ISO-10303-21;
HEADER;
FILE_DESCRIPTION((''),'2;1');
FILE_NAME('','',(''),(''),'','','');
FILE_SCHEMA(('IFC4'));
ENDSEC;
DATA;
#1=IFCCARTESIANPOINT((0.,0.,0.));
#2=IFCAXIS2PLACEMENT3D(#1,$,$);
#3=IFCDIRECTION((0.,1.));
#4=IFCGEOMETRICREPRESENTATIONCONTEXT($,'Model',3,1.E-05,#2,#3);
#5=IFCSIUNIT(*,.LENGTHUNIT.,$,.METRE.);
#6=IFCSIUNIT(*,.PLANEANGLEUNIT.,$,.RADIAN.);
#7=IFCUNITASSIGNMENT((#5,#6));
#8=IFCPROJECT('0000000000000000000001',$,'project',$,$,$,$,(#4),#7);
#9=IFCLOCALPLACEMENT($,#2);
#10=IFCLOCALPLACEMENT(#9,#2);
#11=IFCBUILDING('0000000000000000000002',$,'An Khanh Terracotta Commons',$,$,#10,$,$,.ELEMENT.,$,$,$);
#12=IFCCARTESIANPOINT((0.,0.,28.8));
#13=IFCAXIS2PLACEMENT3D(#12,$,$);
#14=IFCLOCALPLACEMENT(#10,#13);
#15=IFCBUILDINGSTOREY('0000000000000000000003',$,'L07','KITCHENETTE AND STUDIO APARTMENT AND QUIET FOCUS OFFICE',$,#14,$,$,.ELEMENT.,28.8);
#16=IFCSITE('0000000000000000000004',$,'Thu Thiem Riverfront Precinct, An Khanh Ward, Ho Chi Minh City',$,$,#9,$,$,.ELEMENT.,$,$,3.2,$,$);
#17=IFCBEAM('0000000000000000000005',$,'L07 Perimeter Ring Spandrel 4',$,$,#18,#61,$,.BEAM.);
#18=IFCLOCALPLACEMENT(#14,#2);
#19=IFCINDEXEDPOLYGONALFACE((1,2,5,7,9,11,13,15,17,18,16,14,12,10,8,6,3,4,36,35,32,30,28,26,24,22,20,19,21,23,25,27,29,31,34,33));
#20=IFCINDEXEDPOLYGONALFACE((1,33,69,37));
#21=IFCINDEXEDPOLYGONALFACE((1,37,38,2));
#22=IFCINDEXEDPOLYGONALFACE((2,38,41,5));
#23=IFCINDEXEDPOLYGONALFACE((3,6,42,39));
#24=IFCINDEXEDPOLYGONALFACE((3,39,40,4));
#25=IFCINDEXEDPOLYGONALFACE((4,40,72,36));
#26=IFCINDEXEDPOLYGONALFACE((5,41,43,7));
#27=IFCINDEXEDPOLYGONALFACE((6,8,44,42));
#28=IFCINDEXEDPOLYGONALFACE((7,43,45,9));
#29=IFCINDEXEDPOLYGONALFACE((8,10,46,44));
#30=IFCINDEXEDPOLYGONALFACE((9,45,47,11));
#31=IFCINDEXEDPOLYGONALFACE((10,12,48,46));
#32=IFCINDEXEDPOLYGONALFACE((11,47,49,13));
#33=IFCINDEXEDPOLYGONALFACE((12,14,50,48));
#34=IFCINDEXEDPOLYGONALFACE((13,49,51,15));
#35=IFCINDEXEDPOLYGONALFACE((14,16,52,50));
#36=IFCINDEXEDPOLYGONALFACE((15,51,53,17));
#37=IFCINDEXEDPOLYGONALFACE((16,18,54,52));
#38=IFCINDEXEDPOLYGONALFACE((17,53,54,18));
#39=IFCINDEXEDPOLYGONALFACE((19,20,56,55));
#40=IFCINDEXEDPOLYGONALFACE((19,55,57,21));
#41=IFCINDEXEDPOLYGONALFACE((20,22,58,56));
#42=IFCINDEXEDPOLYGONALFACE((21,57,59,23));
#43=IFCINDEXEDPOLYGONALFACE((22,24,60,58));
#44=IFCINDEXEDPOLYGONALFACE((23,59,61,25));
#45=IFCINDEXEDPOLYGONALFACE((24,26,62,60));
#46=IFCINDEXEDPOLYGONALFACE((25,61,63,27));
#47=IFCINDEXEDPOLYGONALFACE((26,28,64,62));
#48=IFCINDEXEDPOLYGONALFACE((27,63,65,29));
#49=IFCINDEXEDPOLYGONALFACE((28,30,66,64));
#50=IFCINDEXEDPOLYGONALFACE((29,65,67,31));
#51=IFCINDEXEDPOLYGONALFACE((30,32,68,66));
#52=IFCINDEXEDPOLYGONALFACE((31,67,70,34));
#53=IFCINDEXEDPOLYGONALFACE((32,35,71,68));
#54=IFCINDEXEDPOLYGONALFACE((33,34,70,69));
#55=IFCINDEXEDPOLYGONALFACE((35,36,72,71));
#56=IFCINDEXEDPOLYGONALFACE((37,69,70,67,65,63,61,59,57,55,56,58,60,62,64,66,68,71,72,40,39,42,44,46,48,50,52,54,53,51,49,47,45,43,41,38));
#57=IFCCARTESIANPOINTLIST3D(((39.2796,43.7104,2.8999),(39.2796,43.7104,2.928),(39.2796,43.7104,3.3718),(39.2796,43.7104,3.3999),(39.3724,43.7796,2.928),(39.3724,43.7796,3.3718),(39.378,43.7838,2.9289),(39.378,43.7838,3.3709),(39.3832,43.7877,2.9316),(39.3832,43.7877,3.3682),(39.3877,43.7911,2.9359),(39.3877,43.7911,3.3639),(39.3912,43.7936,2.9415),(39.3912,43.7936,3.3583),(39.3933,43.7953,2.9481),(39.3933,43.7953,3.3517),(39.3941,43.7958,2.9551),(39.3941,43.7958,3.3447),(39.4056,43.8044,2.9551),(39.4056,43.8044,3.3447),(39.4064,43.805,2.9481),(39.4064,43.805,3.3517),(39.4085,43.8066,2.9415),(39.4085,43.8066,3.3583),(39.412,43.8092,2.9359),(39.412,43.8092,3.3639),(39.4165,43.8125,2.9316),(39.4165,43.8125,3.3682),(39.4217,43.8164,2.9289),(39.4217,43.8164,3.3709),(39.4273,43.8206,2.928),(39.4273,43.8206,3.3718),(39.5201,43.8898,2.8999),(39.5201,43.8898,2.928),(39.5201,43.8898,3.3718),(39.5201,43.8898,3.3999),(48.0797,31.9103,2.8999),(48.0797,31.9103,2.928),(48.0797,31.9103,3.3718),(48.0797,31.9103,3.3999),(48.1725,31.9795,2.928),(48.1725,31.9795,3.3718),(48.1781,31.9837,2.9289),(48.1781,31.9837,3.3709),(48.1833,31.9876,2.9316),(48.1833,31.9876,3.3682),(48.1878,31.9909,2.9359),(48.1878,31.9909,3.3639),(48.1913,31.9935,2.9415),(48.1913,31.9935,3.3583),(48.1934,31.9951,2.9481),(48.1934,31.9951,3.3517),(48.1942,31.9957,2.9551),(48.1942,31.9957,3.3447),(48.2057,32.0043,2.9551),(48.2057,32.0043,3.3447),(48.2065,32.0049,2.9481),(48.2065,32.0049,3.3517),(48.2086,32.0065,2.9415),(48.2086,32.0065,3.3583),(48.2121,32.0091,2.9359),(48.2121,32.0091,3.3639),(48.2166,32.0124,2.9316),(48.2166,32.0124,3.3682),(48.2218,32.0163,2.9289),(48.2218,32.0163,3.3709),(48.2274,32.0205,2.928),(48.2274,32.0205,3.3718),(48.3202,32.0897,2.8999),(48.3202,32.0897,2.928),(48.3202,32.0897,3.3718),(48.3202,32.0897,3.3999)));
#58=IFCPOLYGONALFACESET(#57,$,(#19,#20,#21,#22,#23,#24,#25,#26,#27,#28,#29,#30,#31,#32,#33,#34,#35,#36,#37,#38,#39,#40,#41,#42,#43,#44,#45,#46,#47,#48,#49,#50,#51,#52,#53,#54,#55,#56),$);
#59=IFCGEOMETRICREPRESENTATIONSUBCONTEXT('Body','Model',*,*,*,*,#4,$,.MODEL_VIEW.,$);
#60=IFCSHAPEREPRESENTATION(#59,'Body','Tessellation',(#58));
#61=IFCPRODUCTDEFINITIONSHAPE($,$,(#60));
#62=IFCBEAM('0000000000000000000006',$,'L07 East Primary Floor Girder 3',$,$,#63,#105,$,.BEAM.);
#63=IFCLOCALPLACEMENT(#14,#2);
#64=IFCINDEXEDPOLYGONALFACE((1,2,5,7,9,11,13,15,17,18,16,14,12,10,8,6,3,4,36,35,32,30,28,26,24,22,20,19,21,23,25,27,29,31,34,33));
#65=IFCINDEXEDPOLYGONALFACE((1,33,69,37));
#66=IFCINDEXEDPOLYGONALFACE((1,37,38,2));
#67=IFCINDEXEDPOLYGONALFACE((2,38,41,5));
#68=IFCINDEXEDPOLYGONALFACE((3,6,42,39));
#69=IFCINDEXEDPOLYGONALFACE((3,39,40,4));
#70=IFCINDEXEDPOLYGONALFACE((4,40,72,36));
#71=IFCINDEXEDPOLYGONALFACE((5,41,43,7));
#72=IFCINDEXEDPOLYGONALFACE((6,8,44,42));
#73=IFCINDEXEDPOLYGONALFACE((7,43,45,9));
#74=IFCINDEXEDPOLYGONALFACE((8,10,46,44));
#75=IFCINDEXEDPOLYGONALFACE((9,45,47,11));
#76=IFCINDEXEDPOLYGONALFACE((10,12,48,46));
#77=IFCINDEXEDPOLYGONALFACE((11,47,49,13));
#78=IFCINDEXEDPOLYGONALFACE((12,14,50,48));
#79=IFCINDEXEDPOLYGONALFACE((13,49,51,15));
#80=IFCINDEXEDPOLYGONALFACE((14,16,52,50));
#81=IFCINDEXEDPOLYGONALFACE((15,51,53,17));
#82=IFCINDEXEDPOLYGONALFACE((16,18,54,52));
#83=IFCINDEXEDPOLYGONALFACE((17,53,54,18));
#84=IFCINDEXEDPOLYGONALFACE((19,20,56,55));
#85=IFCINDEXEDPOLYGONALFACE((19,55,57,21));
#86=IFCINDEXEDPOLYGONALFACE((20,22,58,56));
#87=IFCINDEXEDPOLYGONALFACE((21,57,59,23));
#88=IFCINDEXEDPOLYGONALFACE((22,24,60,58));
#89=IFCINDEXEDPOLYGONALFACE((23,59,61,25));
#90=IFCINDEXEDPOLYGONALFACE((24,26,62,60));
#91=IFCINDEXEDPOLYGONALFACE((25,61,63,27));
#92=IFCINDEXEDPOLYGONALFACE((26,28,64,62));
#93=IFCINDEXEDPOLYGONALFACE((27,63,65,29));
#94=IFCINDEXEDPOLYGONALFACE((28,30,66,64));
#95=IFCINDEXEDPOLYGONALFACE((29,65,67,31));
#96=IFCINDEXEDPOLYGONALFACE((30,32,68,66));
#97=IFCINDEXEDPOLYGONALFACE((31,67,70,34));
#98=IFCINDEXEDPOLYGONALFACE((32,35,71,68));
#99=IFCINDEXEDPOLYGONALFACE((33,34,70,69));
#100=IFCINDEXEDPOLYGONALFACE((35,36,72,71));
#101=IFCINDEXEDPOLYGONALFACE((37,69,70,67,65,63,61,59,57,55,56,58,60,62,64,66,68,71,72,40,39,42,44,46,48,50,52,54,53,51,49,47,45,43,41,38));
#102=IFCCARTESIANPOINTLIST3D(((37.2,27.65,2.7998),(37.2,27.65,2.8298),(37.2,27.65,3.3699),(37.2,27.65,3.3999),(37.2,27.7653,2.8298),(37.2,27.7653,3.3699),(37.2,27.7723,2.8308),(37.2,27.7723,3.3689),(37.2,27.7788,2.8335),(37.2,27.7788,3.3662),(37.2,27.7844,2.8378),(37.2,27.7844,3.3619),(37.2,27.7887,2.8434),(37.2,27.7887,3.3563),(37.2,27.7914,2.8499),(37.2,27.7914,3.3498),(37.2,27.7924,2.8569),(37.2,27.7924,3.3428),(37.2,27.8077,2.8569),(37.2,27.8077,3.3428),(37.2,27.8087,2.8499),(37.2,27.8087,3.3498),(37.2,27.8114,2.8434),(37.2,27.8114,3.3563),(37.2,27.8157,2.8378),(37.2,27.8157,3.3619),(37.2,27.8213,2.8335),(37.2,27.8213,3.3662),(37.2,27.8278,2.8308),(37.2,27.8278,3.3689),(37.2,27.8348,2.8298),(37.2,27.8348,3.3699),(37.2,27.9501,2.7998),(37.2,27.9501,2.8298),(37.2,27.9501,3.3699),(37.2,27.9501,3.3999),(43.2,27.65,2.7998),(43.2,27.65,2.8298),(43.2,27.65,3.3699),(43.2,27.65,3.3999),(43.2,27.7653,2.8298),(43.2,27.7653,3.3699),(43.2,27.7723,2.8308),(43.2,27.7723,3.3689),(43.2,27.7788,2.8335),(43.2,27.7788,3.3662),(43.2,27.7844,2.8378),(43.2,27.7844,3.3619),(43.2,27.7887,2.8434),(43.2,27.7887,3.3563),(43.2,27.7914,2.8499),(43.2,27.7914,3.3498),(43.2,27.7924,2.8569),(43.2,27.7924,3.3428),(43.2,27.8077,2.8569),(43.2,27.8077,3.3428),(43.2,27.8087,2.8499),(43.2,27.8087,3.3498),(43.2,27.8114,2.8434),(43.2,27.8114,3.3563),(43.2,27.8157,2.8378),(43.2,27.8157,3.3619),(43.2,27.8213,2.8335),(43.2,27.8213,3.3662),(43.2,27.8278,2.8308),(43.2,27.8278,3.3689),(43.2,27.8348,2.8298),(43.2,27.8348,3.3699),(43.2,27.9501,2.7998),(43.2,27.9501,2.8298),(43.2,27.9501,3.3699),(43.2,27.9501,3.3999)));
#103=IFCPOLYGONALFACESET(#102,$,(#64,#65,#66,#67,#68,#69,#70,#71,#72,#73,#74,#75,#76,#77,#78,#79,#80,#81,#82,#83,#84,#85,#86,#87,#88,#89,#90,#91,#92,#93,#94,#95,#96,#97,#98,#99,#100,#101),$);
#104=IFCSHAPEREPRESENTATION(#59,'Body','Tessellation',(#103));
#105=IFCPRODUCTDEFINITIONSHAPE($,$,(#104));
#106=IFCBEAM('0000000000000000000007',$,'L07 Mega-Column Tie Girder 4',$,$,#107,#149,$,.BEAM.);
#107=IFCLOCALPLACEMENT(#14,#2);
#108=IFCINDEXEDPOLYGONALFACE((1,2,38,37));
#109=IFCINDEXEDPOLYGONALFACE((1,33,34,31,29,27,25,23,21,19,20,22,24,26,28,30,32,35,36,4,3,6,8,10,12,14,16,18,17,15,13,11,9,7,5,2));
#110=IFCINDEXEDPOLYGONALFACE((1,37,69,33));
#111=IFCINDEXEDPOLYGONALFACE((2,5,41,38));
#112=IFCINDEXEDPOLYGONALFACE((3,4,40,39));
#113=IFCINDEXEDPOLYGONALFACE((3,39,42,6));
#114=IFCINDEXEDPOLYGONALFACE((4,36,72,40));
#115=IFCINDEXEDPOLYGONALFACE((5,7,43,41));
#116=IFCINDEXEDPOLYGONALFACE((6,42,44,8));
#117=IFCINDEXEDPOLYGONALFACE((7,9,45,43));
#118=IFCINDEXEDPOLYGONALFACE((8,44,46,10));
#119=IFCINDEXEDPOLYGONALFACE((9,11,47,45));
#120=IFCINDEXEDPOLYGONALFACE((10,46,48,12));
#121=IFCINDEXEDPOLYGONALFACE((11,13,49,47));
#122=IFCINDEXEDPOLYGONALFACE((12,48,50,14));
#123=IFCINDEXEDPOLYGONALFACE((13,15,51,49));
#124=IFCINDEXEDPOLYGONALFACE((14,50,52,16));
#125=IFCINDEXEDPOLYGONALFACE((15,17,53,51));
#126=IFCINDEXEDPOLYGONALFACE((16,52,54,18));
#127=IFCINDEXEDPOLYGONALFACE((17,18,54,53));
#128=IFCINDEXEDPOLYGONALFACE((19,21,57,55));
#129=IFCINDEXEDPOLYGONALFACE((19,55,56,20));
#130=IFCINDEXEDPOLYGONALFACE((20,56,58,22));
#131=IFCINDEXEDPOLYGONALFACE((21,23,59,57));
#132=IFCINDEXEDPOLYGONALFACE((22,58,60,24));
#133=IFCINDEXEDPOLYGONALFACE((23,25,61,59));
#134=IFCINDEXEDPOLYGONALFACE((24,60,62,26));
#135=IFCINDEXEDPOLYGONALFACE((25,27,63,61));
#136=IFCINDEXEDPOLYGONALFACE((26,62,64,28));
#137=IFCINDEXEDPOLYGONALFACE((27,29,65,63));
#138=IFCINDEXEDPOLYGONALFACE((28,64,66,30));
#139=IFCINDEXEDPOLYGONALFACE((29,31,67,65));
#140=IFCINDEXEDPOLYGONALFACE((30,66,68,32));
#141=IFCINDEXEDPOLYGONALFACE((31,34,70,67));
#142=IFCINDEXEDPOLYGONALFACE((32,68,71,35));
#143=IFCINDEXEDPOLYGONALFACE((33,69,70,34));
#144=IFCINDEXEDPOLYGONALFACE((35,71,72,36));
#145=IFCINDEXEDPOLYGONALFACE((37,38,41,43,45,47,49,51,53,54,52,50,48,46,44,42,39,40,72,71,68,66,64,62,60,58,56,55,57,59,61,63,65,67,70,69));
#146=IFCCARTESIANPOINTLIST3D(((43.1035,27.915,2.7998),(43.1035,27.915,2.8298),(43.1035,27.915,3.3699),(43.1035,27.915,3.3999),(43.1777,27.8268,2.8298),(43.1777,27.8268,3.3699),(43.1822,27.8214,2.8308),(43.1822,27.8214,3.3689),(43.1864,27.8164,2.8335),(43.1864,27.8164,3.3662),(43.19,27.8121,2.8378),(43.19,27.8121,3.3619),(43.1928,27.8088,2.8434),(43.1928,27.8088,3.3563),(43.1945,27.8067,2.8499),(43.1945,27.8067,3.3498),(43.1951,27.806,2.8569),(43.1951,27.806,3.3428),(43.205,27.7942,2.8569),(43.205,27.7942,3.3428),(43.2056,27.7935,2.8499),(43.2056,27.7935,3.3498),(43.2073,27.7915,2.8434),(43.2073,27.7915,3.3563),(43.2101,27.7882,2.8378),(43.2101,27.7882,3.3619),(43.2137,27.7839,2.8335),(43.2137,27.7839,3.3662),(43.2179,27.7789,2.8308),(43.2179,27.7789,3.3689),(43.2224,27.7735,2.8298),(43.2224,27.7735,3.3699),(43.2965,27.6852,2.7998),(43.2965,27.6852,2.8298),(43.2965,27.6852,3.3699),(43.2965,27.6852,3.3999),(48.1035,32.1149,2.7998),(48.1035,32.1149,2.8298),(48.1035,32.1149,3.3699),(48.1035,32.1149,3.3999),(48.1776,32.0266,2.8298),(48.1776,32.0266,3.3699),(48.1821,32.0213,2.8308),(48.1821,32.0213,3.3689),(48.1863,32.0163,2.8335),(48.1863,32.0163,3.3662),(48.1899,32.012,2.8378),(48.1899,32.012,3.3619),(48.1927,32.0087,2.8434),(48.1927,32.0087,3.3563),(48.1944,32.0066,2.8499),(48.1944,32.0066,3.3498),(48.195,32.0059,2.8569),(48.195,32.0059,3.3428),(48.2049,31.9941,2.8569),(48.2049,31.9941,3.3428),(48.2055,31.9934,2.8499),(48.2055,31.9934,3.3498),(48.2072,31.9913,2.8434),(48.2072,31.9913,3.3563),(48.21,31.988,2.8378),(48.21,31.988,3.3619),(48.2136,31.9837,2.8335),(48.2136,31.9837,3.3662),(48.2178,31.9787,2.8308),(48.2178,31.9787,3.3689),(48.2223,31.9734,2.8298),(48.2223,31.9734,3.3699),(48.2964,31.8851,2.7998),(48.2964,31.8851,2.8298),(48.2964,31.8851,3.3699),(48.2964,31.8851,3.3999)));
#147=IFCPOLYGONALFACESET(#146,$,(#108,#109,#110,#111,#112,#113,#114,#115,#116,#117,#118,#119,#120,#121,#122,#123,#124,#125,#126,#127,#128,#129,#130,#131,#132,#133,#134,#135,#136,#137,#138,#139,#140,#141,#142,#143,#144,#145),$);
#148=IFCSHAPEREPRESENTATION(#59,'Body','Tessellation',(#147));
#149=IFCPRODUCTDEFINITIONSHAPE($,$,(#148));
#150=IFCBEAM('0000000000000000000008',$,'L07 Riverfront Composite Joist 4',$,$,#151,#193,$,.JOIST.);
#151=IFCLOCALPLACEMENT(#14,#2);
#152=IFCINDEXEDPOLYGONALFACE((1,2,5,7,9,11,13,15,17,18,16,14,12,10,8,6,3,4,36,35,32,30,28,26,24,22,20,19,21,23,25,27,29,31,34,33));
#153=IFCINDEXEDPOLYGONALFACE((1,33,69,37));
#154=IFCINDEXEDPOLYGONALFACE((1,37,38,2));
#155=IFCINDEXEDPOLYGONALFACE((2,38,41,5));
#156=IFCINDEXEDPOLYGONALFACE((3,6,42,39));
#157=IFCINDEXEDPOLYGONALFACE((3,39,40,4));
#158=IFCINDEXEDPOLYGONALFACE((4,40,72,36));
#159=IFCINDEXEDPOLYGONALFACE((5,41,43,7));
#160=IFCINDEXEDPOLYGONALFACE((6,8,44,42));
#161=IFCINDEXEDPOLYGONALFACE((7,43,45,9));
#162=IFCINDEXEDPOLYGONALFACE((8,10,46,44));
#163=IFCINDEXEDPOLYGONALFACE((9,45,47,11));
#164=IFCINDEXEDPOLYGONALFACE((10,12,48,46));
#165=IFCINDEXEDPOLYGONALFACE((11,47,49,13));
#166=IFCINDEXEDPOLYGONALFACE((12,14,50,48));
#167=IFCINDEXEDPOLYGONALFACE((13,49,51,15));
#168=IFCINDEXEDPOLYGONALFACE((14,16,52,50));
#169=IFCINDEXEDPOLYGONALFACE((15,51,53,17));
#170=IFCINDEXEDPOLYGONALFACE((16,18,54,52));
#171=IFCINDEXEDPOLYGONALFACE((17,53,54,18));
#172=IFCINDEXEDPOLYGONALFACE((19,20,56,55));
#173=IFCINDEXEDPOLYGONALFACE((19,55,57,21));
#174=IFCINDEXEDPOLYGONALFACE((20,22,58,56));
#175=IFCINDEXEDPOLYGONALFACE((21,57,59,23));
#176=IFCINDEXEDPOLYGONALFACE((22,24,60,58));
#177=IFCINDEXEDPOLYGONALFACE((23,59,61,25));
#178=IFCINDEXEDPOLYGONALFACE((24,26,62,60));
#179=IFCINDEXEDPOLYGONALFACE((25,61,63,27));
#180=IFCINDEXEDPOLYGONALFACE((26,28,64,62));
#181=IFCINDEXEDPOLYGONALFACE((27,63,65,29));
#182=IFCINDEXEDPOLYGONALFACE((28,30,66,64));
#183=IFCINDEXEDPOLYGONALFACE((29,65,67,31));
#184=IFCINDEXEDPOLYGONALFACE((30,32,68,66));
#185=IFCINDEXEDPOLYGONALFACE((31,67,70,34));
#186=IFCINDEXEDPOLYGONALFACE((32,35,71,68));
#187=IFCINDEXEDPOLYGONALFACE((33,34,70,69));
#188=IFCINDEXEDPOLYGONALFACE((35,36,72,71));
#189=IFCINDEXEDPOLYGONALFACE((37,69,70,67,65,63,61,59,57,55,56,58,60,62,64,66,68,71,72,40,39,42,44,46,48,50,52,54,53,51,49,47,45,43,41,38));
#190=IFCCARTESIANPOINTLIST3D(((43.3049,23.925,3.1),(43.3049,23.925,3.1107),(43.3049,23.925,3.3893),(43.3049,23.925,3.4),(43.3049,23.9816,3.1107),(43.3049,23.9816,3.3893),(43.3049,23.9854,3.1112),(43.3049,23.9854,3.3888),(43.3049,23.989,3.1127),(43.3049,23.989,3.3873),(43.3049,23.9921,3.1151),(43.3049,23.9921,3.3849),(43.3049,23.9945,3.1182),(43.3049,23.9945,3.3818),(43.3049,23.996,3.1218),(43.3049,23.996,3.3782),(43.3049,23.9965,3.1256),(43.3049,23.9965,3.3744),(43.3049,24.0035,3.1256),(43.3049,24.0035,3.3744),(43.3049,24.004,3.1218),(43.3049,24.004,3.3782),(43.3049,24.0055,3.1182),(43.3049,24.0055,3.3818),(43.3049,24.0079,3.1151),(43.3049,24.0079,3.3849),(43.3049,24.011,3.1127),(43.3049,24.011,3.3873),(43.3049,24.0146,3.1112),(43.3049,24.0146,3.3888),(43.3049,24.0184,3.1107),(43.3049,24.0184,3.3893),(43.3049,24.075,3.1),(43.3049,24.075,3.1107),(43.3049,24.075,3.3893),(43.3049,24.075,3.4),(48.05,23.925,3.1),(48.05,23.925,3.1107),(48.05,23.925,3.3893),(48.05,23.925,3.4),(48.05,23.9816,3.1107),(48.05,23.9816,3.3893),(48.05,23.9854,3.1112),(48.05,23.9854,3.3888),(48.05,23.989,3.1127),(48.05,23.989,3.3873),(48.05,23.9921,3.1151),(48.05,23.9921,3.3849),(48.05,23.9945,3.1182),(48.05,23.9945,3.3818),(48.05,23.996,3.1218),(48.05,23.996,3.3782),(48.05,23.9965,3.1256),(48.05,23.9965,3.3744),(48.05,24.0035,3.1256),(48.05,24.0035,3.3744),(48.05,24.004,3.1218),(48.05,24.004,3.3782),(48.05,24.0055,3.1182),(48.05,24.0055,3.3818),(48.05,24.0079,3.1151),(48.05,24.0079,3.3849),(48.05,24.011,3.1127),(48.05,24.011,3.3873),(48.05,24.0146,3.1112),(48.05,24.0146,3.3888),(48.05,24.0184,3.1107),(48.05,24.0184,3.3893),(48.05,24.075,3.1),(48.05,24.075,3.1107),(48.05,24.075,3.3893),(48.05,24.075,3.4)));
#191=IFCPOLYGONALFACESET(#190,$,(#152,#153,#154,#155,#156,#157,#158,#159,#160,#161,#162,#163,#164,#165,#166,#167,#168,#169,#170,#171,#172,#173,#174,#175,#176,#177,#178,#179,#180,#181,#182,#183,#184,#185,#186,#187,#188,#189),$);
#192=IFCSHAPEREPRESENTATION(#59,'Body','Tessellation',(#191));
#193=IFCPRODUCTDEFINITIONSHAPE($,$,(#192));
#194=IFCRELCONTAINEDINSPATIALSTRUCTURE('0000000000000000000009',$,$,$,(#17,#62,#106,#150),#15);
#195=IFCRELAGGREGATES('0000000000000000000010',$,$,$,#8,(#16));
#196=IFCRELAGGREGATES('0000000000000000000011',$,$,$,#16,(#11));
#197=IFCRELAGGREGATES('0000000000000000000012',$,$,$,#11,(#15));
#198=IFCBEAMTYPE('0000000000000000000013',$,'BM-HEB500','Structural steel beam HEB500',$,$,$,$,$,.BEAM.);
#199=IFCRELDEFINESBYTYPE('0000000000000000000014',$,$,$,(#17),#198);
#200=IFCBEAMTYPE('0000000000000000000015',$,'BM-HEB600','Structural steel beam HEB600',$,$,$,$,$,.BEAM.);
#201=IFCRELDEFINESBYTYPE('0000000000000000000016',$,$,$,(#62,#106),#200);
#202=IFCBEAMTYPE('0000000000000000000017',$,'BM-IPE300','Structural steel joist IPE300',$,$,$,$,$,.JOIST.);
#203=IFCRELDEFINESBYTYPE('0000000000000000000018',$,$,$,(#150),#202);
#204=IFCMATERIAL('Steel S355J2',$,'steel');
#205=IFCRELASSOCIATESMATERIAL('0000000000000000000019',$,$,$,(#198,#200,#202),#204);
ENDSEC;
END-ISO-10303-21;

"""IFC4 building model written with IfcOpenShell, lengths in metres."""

from ifc_helpers import new_model, si_unit, direction, frame, origin, origin_2d, place, context, subcontext, project, spatial, i_section, extrude, material, material_profile, profile_set, type_object, element, save


model = new_model("IFC4")

# Units and contexts
model_context = context("Model", 3, precision=1e-05, world=origin(), true_north=direction((0.0, 1.0)))
body_context = subcontext(model_context, "Body", "Model", "MODEL_VIEW")
ifc_project = project(units=[si_unit("LENGTHUNIT", "METRE"), si_unit("PLANEANGLEUNIT", "RADIAN")], contexts=[model_context])

# Site, building, storey
site_placement = place(None, origin())
site = spatial("IfcSite", under=ifc_project, at=site_placement, Name="Thu Thiem Riverfront Precinct, An Khanh Ward, Ho Chi Minh City", CompositionType="ELEMENT", RefElevation=3.2)
building_placement = place(site_placement, origin())
building = spatial("IfcBuilding", under=site, at=building_placement, Name="An Khanh Terracotta Commons", CompositionType="ELEMENT")
storey_placement = place(building_placement, frame((0.0, 0.0, 28.8)))
storey = spatial("IfcBuildingStorey", under=building, at=storey_placement, Name="L07", Description="KITCHENETTE AND STUDIO APARTMENT AND QUIET FOCUS OFFICE", CompositionType="ELEMENT", Elevation=28.8)

# Beams
ifc_material_1 = material(Name="Steel S355J2", Category="steel")
ifc_material_profile_1 = material_profile(ifc_material_1, i_section(OverallWidth=0.3, OverallDepth=0.5, WebThickness=0.0144, FlangeThickness=0.0281, FilletRadius=0.0271, at=origin_2d()), Name="HEB500")
ifc_profile_set_1 = profile_set([ifc_material_profile_1], Name="Steel S355J2")
beam_type_1 = type_object("IfcBeamType", Name="BM-HEB500", Description="Structural steel beam HEB500", PredefinedType="BEAM", material=ifc_profile_set_1)
beam_1_placement = place(storey_placement, frame((48.2, 32.0, 3.1499), z_axis=(-0.597824, 0.801627, 0.0), x_axis=(-0.801627, -0.597824, 0.0)))
element("IfcBeam", 1, at=beam_1_placement, inside=storey, type_object=beam_type_1, Name="L07 Perimeter Ring Spandrel 4", PredefinedType="BEAM", context=body_context, shape_type="SweptSolid", body=[
    extrude(i_section(OverallWidth=0.3, OverallDepth=0.5, WebThickness=0.0144, FlangeThickness=0.0281, FilletRadius=0.0271, at=origin_2d()), origin(), (0.0, 0.0, 1.0), 14.7202),
])
ifc_material_profile_2 = material_profile(ifc_material_1, i_section(OverallWidth=0.3, OverallDepth=0.6001, WebThickness=0.0154, FlangeThickness=0.03, FilletRadius=0.0271, at=origin_2d()), Name="HEB600")
ifc_profile_set_2 = profile_set([ifc_material_profile_2], Name="Steel S355J2")
beam_type_2 = type_object("IfcBeamType", Name="BM-HEB600", Description="Structural steel beam HEB600", PredefinedType="BEAM", material=ifc_profile_set_2)
beam_2_placement = place(storey_placement, frame((37.2, 27.8, 3.0999), z_axis=(1.0, 0.0, 0.0), x_axis=(0.0, 1.0, 0.0)))
element("IfcBeam", 2, at=beam_2_placement, inside=storey, type_object=beam_type_2, Name="L07 East Primary Floor Girder 3", PredefinedType="BEAM", context=body_context, shape_type="SweptSolid", body=[
    extrude(i_section(OverallWidth=0.3, OverallDepth=0.6001, WebThickness=0.0154, FlangeThickness=0.03, FilletRadius=0.0271, at=origin_2d()), origin(), (0.0, 0.0, 1.0), 6.0),
])
beam_3_placement = place(storey_placement, frame((48.2, 32.0, 3.0999), z_axis=(-0.765709, -0.643188, 0.0), x_axis=(0.643188, -0.765709, 0.0)))
element("IfcBeam", 3, at=beam_3_placement, inside=storey, type_object=beam_type_2, Name="L07 Mega-Column Tie Girder 4", PredefinedType="BEAM", context=body_context, shape_type="SweptSolid", body=[
    extrude(i_section(OverallWidth=0.3, OverallDepth=0.6001, WebThickness=0.0154, FlangeThickness=0.03, FilletRadius=0.0271, at=origin_2d()), origin(), (0.0, 0.0, 1.0), 6.5298),
])
ifc_material_profile_3 = material_profile(ifc_material_1, i_section(OverallWidth=0.1499, OverallDepth=0.3, WebThickness=0.0071, FlangeThickness=0.0107, FilletRadius=0.0149, at=origin_2d()), Name="IPE300")
ifc_profile_set_3 = profile_set([ifc_material_profile_3], Name="Steel S355J2")
beam_type_3 = type_object("IfcBeamType", Name="BM-IPE300", Description="Structural steel joist IPE300", PredefinedType="JOIST", material=ifc_profile_set_3)
for number, where, z_axis, x_axis, name in (
    (4, (43.3049, 24.0, 3.25), (1.0, 0.0, 0.0), (0.0, 1.0, 0.0), "L07 Riverfront Composite Joist 4"),
):
    element("IfcBeam", number, at=place(storey_placement, frame(where, z_axis=z_axis, x_axis=x_axis)), inside=storey, type_object=beam_type_3, Name=name, PredefinedType="JOIST", context=body_context, shape_type="SweptSolid", body=[
        extrude(i_section(OverallWidth=0.1499, OverallDepth=0.3, WebThickness=0.0071, FlangeThickness=0.0107, FilletRadius=0.0149, at=origin_2d()), origin(), (0.0, 0.0, 1.0), 4.7451),
    ])

save(model, "model.ifc")
